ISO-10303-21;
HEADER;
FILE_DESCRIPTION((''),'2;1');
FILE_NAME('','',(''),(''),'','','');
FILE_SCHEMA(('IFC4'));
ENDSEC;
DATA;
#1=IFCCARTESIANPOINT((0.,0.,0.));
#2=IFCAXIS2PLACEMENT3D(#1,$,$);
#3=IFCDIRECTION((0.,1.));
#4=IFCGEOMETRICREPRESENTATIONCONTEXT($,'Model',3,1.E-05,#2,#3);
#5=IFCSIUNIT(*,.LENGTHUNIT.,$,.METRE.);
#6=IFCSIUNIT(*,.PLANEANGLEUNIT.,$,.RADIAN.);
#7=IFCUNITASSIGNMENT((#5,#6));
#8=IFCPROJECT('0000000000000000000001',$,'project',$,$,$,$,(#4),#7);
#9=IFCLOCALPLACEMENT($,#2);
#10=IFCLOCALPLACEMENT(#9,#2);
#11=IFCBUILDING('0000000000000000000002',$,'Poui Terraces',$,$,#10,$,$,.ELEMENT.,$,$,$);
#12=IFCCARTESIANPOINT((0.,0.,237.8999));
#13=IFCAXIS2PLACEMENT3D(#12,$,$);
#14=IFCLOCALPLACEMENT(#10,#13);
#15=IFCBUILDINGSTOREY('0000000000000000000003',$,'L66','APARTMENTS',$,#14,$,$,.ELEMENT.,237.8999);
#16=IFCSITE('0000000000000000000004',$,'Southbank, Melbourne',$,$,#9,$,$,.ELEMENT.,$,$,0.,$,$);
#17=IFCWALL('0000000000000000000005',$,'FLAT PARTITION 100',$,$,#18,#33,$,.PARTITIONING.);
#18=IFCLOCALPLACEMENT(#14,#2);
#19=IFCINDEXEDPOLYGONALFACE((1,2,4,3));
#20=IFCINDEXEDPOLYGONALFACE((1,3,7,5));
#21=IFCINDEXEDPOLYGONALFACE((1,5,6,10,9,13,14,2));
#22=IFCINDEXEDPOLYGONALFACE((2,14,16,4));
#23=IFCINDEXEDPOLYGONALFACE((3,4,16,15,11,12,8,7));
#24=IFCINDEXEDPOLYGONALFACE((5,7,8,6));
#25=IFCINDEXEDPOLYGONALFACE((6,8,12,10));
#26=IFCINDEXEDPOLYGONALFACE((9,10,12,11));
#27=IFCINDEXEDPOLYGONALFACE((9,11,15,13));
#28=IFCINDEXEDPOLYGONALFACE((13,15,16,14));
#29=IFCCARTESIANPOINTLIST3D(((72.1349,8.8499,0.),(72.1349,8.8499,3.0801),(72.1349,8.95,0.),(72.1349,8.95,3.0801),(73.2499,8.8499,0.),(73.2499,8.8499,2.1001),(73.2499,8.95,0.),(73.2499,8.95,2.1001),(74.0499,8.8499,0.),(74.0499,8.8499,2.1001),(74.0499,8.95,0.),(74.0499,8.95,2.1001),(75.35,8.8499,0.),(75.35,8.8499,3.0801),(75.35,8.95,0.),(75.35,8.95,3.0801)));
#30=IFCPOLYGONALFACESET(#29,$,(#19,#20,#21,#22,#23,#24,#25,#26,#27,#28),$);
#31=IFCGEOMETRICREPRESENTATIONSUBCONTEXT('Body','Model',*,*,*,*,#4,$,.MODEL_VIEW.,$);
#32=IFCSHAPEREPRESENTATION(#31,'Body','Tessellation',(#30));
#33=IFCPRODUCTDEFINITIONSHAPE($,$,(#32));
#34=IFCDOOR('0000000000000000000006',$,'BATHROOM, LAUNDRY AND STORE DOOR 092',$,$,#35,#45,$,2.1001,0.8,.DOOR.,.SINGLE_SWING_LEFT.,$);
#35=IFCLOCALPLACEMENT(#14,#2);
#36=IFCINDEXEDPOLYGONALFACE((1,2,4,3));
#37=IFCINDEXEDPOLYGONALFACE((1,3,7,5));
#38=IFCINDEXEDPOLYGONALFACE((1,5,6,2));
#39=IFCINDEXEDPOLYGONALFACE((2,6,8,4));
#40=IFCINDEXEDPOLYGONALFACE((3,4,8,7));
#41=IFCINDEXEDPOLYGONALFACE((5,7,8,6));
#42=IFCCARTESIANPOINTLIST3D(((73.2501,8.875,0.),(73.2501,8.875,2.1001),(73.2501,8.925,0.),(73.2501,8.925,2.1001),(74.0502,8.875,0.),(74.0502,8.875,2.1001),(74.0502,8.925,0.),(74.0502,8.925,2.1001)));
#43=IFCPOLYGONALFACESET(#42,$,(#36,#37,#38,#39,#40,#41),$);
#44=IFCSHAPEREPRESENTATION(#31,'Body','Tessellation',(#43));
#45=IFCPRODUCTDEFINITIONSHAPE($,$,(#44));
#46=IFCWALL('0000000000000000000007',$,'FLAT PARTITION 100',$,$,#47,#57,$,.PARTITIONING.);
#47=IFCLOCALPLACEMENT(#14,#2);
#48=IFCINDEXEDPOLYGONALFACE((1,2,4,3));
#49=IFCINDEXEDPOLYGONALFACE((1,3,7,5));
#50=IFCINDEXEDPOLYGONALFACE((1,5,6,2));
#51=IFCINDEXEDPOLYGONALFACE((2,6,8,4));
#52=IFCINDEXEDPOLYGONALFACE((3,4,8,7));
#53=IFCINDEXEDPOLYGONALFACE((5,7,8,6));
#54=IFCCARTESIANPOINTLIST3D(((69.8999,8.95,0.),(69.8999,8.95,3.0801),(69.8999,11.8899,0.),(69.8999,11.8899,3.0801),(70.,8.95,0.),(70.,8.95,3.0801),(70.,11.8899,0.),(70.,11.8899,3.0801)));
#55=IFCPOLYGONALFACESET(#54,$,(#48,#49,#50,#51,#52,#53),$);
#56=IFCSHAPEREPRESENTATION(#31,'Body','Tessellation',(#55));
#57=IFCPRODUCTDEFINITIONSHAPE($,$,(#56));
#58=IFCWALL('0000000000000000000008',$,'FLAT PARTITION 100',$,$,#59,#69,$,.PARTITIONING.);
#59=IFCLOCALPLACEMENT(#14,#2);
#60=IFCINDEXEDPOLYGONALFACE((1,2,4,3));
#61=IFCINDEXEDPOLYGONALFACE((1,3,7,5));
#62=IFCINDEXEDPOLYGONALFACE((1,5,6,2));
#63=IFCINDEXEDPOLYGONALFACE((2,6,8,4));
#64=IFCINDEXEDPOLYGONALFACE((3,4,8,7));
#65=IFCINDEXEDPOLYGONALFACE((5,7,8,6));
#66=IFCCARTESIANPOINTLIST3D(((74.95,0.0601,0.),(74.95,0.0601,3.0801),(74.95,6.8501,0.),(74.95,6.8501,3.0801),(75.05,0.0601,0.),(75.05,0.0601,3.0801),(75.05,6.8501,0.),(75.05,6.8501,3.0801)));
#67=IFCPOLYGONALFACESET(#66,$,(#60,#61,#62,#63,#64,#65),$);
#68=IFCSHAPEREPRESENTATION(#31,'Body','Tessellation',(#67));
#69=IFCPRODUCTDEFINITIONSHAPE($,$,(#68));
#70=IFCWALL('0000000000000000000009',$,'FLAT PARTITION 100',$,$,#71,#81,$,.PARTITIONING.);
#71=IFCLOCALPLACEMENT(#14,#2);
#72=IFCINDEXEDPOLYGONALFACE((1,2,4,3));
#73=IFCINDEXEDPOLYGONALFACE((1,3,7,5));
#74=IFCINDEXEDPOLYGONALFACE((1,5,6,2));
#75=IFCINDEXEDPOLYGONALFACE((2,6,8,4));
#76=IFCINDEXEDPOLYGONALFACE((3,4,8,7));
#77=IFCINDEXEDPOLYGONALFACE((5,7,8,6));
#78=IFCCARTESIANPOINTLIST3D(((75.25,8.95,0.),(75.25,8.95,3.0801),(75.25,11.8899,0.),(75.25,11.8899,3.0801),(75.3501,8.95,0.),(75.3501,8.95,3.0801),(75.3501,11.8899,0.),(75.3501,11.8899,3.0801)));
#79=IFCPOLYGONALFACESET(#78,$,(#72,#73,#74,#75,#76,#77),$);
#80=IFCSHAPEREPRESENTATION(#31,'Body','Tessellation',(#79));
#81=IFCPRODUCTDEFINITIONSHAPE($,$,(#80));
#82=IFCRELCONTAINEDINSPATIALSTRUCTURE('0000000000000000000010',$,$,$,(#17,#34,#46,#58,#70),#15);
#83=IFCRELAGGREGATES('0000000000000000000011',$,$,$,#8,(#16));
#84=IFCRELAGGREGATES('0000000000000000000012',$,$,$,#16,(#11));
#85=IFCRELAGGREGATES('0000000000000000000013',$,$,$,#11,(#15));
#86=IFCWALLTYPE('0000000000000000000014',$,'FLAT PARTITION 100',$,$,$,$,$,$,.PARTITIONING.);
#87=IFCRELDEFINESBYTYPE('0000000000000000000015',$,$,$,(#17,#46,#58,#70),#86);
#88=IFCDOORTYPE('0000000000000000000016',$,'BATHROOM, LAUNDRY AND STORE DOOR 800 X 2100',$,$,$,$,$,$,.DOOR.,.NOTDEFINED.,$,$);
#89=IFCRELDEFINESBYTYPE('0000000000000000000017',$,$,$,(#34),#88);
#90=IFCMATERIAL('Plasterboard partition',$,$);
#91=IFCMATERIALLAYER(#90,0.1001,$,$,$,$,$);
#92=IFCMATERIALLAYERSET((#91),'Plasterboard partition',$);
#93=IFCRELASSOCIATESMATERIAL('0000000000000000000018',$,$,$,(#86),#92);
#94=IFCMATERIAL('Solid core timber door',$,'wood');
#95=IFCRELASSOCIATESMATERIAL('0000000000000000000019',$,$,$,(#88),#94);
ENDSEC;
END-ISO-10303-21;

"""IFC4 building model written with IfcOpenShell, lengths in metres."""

from ifc_helpers import new_model, si_unit, direction, frame, frame_2d, origin, place, context, subcontext, project, spatial, rectangle, extrude, material, layer, layer_set, type_object, element, fill, save


model = new_model("IFC4")

# Units and contexts
model_context = context("Model", 3, precision=1e-05, world=origin(), true_north=direction((0.0, 1.0)))
body_context = subcontext(model_context, "Body", "Model", "MODEL_VIEW")
ifc_project = project(units=[si_unit("LENGTHUNIT", "METRE"), si_unit("PLANEANGLEUNIT", "RADIAN")], contexts=[model_context])

# Site, building, storey
site_placement = place(None, origin())
site = spatial("IfcSite", under=ifc_project, at=site_placement, Name="Southbank, Melbourne", CompositionType="ELEMENT", RefElevation=0.0)
building_placement = place(site_placement, origin())
building = spatial("IfcBuilding", under=site, at=building_placement, Name="Poui Terraces", CompositionType="ELEMENT")
storey_placement = place(building_placement, frame((0.0, 0.0, 237.8999)))
storey = spatial("IfcBuildingStorey", under=building, at=storey_placement, Name="L66", Description="APARTMENTS", CompositionType="ELEMENT", Elevation=237.8999)

# Shared definitions
ifc_material_1 = material(Name="Solid core timber door", Category="wood")

# Shared definitions
ifc_material_2 = material(Name="Plasterboard partition")
ifc_layer_1 = layer(ifc_material_2, 0.1001)
ifc_layer_set_1 = layer_set([ifc_layer_1], Name="Plasterboard partition")
wall_type_1 = type_object("IfcWallType", Name="FLAT PARTITION 100", PredefinedType="PARTITIONING", material=ifc_layer_set_1)

# Wall, opening, door
wall_1_placement = place(storey_placement, frame((72.135, 8.8999, 0.0), z_axis=(0.0, 0.0, 1.0), x_axis=(1.0, 0.0, 0.0)))
wall_1 = element("IfcWall", 1, at=wall_1_placement, inside=storey, type_object=wall_type_1, Name="FLAT PARTITION 100", PredefinedType="PARTITIONING", context=body_context, shape_type="SweptSolid", body=[
    extrude(rectangle(XDim=3.2151, YDim=0.1001, at=frame_2d((1.6074, 0.0))), origin(), (0.0, 0.0, 1.0), 3.0801),
])
opening_1_placement = place(wall_1_placement, frame((1.115, 0.0, 0.0)))
opening_1 = element("IfcOpeningElement", 2, at=opening_1_placement, cuts=wall_1, PredefinedType="OPENING", context=body_context, shape_type="SweptSolid", body=[
    extrude(rectangle(XDim=0.8, YDim=2.1001, at=frame_2d((0.3999, 1.05))), frame((0.0, 0.0601, 0.0), z_axis=(0.0, -1.0, 0.0), x_axis=(1.0, 0.0, 0.0)), (0.0, 0.0, 1.0), 0.1201),
])
door_type_1 = type_object("IfcDoorType", Name="BATHROOM, LAUNDRY AND STORE DOOR 800 X 2100", OperationType="NOTDEFINED", PredefinedType="DOOR", material=ifc_material_1)
door_1_placement = place(opening_1_placement, frame((0.8, 0.0, 0.0), z_axis=(0.0, 0.0, 1.0), x_axis=(-1.0, 0.0, 0.0)))
door_1 = element("IfcDoor", 3, at=door_1_placement, inside=storey, type_object=door_type_1, Name="BATHROOM, LAUNDRY AND STORE DOOR 092", OperationType="SINGLE_SWING_LEFT", OverallHeight=2.1001, OverallWidth=0.8, PredefinedType="DOOR", context=body_context, shape_type="SweptSolid", body=[
    extrude(rectangle(XDim=0.8, YDim=2.1001, at=frame_2d((0.3999, 1.05))), frame((0.0, 0.0249, 0.0), z_axis=(0.0, -1.0, 0.0), x_axis=(1.0, 0.0, 0.0)), (0.0, 0.0, 1.0), 0.05),
])
fill(opening_1, door_1)

# Walls
wall_2_placement = place(storey_placement, frame((69.95, 8.95, 0.0), z_axis=(0.0, 0.0, 1.0), x_axis=(0.0, 1.0, 0.0)))
element("IfcWall", 4, at=wall_2_placement, inside=storey, type_object=wall_type_1, Name="FLAT PARTITION 100", PredefinedType="PARTITIONING", context=body_context, shape_type="SweptSolid", body=[
    extrude(rectangle(XDim=2.9399, YDim=0.1001, at=frame_2d((1.47, 0.0))), origin(), (0.0, 0.0, 1.0), 3.0801),
])
wall_3_placement = place(storey_placement, frame((75.0, 0.0601, 0.0), z_axis=(0.0, 0.0, 1.0), x_axis=(0.0, 1.0, 0.0)))
element("IfcWall", 5, at=wall_3_placement, inside=storey, type_object=wall_type_1, Name="FLAT PARTITION 100", PredefinedType="PARTITIONING", context=body_context, shape_type="SweptSolid", body=[
    extrude(rectangle(XDim=6.79, YDim=0.1001, at=frame_2d((3.395, 0.0))), origin(), (0.0, 0.0, 1.0), 3.0801),
])
wall_4_placement = place(storey_placement, frame((75.3, 8.95, 0.0), z_axis=(0.0, 0.0, 1.0), x_axis=(0.0, 1.0, 0.0)))
element("IfcWall", 6, at=wall_4_placement, inside=storey, type_object=wall_type_1, Name="FLAT PARTITION 100", PredefinedType="PARTITIONING", context=body_context, shape_type="SweptSolid", body=[
    extrude(rectangle(XDim=2.9399, YDim=0.1001, at=frame_2d((1.47, 0.0))), origin(), (0.0, 0.0, 1.0), 3.0801),
])

save(model, "model.ifc")
